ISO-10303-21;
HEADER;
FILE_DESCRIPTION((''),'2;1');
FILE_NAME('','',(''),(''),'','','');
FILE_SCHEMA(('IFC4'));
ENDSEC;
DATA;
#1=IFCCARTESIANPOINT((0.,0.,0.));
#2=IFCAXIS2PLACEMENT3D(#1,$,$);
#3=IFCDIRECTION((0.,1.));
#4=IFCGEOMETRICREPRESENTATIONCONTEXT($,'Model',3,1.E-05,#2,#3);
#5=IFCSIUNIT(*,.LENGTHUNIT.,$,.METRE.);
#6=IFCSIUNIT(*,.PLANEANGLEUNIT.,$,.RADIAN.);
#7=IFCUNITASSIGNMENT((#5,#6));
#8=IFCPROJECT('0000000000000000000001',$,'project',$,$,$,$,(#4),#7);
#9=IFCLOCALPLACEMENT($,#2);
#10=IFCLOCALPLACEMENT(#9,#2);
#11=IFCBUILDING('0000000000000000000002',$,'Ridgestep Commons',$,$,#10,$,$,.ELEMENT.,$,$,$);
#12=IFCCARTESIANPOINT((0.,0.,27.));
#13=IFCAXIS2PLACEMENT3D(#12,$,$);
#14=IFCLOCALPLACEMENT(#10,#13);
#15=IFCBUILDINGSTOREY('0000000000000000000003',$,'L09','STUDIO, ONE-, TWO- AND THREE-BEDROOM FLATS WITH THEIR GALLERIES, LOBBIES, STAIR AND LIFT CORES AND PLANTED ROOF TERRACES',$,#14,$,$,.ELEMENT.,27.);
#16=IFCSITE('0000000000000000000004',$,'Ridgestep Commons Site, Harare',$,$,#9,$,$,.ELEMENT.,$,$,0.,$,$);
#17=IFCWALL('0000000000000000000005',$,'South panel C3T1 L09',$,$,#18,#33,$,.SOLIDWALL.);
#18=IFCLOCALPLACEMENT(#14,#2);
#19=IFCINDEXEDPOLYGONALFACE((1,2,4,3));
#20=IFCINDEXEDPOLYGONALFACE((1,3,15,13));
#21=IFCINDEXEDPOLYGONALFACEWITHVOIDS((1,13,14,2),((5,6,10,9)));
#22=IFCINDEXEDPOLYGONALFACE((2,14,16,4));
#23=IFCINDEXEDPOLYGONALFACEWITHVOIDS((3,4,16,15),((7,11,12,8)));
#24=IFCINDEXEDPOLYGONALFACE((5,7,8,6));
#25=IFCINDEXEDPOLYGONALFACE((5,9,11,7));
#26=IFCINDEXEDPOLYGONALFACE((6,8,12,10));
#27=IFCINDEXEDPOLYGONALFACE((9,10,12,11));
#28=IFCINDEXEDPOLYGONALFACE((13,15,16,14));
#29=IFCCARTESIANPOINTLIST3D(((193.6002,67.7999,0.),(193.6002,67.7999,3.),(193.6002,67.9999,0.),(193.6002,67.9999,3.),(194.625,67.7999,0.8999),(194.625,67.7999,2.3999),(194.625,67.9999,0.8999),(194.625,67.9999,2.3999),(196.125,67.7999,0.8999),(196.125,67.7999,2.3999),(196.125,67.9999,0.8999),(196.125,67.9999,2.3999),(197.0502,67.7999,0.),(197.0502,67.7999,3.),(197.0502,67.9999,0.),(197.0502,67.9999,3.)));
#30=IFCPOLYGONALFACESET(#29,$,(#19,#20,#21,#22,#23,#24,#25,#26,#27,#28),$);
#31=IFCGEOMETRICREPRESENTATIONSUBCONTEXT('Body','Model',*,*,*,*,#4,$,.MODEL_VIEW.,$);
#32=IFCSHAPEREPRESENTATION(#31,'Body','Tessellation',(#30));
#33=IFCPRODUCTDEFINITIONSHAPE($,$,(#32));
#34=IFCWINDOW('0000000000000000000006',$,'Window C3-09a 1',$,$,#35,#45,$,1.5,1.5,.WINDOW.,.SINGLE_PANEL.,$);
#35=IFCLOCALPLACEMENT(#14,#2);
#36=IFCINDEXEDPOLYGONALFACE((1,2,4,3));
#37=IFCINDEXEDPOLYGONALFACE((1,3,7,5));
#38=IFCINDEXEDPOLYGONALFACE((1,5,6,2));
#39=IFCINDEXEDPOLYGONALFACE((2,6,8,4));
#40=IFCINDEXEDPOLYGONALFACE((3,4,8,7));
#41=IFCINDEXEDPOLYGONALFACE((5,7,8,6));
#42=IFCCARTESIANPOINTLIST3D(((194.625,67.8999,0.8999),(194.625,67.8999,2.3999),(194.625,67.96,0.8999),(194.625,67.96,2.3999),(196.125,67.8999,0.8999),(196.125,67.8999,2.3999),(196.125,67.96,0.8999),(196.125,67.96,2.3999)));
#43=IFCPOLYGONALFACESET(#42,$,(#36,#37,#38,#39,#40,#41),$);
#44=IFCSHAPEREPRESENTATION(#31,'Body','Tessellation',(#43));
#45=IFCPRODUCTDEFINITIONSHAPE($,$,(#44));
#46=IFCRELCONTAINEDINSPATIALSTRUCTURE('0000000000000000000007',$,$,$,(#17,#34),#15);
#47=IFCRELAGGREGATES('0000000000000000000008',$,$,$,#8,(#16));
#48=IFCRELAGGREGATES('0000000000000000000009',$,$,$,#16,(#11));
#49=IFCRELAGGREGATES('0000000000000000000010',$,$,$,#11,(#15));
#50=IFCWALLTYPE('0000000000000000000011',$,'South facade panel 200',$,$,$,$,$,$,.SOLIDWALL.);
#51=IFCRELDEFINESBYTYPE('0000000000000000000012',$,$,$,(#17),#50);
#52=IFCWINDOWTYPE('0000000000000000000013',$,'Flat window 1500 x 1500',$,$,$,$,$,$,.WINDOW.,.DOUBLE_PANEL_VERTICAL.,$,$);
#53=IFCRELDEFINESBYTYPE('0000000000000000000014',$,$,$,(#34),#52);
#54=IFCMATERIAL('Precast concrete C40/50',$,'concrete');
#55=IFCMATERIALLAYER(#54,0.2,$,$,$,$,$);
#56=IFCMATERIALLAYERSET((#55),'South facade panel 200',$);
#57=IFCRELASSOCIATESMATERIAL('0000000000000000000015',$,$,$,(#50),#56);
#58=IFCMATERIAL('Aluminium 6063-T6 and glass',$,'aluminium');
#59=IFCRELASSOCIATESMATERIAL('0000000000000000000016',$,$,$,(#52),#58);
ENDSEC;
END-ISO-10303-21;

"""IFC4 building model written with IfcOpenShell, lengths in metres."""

from ifc_helpers import new_model, si_unit, direction, frame, frame_2d, origin, place, context, subcontext, project, spatial, rectangle, extrude, material, layer, layer_set, type_object, element, fill, save


model = new_model("IFC4")

# Units and contexts
model_context = context("Model", 3, precision=1e-05, world=origin(), true_north=direction((0.0, 1.0)))
body_context = subcontext(model_context, "Body", "Model", "MODEL_VIEW")
ifc_project = project(units=[si_unit("LENGTHUNIT", "METRE"), si_unit("PLANEANGLEUNIT", "RADIAN")], contexts=[model_context])

# Site, building, storey
site_placement = place(None, origin())
site = spatial("IfcSite", under=ifc_project, at=site_placement, Name="Ridgestep Commons Site, Harare", CompositionType="ELEMENT", RefElevation=0.0)
building_placement = place(site_placement, origin())
building = spatial("IfcBuilding", under=site, at=building_placement, Name="Ridgestep Commons", CompositionType="ELEMENT")
storey_placement = place(building_placement, frame((0.0, 0.0, 27.0)))
storey = spatial("IfcBuildingStorey", under=building, at=storey_placement, Name="L09", Description="STUDIO, ONE-, TWO- AND THREE-BEDROOM FLATS WITH THEIR GALLERIES, LOBBIES, STAIR AND LIFT CORES AND PLANTED ROOF TERRACES", CompositionType="ELEMENT", Elevation=27.0)

# Wall, opening, window
ifc_material_1 = material(Name="Precast concrete C40/50", Category="concrete")
ifc_layer_1 = layer(ifc_material_1, 0.2)
ifc_layer_set_1 = layer_set([ifc_layer_1], Name="South facade panel 200")
wall_type_1 = type_object("IfcWallType", Name="South facade panel 200", PredefinedType="SOLIDWALL", material=ifc_layer_set_1)
wall_1_placement = place(storey_placement, frame((193.6001, 67.8999, 0.0), z_axis=(0.0, 0.0, 1.0), x_axis=(1.0, 0.0, 0.0)))
wall_1 = element("IfcWall", 1, at=wall_1_placement, inside=storey, type_object=wall_type_1, Name="South panel C3T1 L09", PredefinedType="SOLIDWALL", context=body_context, shape_type="SweptSolid", body=[
    extrude(rectangle(XDim=3.45, YDim=0.2, at=frame_2d((1.7251, 0.0))), origin(), (0.0, 0.0, 1.0), 3.0),
])
opening_1_placement = place(wall_1_placement, frame((1.0249, 0.0, 0.8999)))
opening_1 = element("IfcOpeningElement", 2, at=opening_1_placement, cuts=wall_1, PredefinedType="OPENING", context=body_context, shape_type="SweptSolid", body=[
    extrude(rectangle(XDim=1.5, YDim=1.5, at=frame_2d((0.75, 0.75))), frame((0.0, 0.1099, 0.0), z_axis=(0.0, -1.0, 0.0), x_axis=(1.0, 0.0, 0.0)), (0.0, 0.0, 1.0), 0.22),
])
ifc_material_2 = material(Name="Aluminium 6063-T6 and glass", Category="aluminium")
window_type = type_object("IfcWindowType", Name="Flat window 1500 x 1500", PartitioningType="DOUBLE_PANEL_VERTICAL", PredefinedType="WINDOW", material=ifc_material_2)
window_placement = place(opening_1_placement, origin())
window = element("IfcWindow", 3, at=window_placement, inside=storey, type_object=window_type, Name="Window C3-09a 1", OverallHeight=1.5, OverallWidth=1.5, PartitioningType="SINGLE_PANEL", PredefinedType="WINDOW", context=body_context, shape_type="SweptSolid", body=[
    extrude(rectangle(XDim=1.5, YDim=1.5, at=frame_2d((0.75, 0.75))), frame((0.0, 0.0601, 0.0), z_axis=(0.0, -1.0, 0.0), x_axis=(1.0, 0.0, 0.0)), (0.0, 0.0, 1.0), 0.0601),
])
fill(opening_1, window)

save(model, "model.ifc")
